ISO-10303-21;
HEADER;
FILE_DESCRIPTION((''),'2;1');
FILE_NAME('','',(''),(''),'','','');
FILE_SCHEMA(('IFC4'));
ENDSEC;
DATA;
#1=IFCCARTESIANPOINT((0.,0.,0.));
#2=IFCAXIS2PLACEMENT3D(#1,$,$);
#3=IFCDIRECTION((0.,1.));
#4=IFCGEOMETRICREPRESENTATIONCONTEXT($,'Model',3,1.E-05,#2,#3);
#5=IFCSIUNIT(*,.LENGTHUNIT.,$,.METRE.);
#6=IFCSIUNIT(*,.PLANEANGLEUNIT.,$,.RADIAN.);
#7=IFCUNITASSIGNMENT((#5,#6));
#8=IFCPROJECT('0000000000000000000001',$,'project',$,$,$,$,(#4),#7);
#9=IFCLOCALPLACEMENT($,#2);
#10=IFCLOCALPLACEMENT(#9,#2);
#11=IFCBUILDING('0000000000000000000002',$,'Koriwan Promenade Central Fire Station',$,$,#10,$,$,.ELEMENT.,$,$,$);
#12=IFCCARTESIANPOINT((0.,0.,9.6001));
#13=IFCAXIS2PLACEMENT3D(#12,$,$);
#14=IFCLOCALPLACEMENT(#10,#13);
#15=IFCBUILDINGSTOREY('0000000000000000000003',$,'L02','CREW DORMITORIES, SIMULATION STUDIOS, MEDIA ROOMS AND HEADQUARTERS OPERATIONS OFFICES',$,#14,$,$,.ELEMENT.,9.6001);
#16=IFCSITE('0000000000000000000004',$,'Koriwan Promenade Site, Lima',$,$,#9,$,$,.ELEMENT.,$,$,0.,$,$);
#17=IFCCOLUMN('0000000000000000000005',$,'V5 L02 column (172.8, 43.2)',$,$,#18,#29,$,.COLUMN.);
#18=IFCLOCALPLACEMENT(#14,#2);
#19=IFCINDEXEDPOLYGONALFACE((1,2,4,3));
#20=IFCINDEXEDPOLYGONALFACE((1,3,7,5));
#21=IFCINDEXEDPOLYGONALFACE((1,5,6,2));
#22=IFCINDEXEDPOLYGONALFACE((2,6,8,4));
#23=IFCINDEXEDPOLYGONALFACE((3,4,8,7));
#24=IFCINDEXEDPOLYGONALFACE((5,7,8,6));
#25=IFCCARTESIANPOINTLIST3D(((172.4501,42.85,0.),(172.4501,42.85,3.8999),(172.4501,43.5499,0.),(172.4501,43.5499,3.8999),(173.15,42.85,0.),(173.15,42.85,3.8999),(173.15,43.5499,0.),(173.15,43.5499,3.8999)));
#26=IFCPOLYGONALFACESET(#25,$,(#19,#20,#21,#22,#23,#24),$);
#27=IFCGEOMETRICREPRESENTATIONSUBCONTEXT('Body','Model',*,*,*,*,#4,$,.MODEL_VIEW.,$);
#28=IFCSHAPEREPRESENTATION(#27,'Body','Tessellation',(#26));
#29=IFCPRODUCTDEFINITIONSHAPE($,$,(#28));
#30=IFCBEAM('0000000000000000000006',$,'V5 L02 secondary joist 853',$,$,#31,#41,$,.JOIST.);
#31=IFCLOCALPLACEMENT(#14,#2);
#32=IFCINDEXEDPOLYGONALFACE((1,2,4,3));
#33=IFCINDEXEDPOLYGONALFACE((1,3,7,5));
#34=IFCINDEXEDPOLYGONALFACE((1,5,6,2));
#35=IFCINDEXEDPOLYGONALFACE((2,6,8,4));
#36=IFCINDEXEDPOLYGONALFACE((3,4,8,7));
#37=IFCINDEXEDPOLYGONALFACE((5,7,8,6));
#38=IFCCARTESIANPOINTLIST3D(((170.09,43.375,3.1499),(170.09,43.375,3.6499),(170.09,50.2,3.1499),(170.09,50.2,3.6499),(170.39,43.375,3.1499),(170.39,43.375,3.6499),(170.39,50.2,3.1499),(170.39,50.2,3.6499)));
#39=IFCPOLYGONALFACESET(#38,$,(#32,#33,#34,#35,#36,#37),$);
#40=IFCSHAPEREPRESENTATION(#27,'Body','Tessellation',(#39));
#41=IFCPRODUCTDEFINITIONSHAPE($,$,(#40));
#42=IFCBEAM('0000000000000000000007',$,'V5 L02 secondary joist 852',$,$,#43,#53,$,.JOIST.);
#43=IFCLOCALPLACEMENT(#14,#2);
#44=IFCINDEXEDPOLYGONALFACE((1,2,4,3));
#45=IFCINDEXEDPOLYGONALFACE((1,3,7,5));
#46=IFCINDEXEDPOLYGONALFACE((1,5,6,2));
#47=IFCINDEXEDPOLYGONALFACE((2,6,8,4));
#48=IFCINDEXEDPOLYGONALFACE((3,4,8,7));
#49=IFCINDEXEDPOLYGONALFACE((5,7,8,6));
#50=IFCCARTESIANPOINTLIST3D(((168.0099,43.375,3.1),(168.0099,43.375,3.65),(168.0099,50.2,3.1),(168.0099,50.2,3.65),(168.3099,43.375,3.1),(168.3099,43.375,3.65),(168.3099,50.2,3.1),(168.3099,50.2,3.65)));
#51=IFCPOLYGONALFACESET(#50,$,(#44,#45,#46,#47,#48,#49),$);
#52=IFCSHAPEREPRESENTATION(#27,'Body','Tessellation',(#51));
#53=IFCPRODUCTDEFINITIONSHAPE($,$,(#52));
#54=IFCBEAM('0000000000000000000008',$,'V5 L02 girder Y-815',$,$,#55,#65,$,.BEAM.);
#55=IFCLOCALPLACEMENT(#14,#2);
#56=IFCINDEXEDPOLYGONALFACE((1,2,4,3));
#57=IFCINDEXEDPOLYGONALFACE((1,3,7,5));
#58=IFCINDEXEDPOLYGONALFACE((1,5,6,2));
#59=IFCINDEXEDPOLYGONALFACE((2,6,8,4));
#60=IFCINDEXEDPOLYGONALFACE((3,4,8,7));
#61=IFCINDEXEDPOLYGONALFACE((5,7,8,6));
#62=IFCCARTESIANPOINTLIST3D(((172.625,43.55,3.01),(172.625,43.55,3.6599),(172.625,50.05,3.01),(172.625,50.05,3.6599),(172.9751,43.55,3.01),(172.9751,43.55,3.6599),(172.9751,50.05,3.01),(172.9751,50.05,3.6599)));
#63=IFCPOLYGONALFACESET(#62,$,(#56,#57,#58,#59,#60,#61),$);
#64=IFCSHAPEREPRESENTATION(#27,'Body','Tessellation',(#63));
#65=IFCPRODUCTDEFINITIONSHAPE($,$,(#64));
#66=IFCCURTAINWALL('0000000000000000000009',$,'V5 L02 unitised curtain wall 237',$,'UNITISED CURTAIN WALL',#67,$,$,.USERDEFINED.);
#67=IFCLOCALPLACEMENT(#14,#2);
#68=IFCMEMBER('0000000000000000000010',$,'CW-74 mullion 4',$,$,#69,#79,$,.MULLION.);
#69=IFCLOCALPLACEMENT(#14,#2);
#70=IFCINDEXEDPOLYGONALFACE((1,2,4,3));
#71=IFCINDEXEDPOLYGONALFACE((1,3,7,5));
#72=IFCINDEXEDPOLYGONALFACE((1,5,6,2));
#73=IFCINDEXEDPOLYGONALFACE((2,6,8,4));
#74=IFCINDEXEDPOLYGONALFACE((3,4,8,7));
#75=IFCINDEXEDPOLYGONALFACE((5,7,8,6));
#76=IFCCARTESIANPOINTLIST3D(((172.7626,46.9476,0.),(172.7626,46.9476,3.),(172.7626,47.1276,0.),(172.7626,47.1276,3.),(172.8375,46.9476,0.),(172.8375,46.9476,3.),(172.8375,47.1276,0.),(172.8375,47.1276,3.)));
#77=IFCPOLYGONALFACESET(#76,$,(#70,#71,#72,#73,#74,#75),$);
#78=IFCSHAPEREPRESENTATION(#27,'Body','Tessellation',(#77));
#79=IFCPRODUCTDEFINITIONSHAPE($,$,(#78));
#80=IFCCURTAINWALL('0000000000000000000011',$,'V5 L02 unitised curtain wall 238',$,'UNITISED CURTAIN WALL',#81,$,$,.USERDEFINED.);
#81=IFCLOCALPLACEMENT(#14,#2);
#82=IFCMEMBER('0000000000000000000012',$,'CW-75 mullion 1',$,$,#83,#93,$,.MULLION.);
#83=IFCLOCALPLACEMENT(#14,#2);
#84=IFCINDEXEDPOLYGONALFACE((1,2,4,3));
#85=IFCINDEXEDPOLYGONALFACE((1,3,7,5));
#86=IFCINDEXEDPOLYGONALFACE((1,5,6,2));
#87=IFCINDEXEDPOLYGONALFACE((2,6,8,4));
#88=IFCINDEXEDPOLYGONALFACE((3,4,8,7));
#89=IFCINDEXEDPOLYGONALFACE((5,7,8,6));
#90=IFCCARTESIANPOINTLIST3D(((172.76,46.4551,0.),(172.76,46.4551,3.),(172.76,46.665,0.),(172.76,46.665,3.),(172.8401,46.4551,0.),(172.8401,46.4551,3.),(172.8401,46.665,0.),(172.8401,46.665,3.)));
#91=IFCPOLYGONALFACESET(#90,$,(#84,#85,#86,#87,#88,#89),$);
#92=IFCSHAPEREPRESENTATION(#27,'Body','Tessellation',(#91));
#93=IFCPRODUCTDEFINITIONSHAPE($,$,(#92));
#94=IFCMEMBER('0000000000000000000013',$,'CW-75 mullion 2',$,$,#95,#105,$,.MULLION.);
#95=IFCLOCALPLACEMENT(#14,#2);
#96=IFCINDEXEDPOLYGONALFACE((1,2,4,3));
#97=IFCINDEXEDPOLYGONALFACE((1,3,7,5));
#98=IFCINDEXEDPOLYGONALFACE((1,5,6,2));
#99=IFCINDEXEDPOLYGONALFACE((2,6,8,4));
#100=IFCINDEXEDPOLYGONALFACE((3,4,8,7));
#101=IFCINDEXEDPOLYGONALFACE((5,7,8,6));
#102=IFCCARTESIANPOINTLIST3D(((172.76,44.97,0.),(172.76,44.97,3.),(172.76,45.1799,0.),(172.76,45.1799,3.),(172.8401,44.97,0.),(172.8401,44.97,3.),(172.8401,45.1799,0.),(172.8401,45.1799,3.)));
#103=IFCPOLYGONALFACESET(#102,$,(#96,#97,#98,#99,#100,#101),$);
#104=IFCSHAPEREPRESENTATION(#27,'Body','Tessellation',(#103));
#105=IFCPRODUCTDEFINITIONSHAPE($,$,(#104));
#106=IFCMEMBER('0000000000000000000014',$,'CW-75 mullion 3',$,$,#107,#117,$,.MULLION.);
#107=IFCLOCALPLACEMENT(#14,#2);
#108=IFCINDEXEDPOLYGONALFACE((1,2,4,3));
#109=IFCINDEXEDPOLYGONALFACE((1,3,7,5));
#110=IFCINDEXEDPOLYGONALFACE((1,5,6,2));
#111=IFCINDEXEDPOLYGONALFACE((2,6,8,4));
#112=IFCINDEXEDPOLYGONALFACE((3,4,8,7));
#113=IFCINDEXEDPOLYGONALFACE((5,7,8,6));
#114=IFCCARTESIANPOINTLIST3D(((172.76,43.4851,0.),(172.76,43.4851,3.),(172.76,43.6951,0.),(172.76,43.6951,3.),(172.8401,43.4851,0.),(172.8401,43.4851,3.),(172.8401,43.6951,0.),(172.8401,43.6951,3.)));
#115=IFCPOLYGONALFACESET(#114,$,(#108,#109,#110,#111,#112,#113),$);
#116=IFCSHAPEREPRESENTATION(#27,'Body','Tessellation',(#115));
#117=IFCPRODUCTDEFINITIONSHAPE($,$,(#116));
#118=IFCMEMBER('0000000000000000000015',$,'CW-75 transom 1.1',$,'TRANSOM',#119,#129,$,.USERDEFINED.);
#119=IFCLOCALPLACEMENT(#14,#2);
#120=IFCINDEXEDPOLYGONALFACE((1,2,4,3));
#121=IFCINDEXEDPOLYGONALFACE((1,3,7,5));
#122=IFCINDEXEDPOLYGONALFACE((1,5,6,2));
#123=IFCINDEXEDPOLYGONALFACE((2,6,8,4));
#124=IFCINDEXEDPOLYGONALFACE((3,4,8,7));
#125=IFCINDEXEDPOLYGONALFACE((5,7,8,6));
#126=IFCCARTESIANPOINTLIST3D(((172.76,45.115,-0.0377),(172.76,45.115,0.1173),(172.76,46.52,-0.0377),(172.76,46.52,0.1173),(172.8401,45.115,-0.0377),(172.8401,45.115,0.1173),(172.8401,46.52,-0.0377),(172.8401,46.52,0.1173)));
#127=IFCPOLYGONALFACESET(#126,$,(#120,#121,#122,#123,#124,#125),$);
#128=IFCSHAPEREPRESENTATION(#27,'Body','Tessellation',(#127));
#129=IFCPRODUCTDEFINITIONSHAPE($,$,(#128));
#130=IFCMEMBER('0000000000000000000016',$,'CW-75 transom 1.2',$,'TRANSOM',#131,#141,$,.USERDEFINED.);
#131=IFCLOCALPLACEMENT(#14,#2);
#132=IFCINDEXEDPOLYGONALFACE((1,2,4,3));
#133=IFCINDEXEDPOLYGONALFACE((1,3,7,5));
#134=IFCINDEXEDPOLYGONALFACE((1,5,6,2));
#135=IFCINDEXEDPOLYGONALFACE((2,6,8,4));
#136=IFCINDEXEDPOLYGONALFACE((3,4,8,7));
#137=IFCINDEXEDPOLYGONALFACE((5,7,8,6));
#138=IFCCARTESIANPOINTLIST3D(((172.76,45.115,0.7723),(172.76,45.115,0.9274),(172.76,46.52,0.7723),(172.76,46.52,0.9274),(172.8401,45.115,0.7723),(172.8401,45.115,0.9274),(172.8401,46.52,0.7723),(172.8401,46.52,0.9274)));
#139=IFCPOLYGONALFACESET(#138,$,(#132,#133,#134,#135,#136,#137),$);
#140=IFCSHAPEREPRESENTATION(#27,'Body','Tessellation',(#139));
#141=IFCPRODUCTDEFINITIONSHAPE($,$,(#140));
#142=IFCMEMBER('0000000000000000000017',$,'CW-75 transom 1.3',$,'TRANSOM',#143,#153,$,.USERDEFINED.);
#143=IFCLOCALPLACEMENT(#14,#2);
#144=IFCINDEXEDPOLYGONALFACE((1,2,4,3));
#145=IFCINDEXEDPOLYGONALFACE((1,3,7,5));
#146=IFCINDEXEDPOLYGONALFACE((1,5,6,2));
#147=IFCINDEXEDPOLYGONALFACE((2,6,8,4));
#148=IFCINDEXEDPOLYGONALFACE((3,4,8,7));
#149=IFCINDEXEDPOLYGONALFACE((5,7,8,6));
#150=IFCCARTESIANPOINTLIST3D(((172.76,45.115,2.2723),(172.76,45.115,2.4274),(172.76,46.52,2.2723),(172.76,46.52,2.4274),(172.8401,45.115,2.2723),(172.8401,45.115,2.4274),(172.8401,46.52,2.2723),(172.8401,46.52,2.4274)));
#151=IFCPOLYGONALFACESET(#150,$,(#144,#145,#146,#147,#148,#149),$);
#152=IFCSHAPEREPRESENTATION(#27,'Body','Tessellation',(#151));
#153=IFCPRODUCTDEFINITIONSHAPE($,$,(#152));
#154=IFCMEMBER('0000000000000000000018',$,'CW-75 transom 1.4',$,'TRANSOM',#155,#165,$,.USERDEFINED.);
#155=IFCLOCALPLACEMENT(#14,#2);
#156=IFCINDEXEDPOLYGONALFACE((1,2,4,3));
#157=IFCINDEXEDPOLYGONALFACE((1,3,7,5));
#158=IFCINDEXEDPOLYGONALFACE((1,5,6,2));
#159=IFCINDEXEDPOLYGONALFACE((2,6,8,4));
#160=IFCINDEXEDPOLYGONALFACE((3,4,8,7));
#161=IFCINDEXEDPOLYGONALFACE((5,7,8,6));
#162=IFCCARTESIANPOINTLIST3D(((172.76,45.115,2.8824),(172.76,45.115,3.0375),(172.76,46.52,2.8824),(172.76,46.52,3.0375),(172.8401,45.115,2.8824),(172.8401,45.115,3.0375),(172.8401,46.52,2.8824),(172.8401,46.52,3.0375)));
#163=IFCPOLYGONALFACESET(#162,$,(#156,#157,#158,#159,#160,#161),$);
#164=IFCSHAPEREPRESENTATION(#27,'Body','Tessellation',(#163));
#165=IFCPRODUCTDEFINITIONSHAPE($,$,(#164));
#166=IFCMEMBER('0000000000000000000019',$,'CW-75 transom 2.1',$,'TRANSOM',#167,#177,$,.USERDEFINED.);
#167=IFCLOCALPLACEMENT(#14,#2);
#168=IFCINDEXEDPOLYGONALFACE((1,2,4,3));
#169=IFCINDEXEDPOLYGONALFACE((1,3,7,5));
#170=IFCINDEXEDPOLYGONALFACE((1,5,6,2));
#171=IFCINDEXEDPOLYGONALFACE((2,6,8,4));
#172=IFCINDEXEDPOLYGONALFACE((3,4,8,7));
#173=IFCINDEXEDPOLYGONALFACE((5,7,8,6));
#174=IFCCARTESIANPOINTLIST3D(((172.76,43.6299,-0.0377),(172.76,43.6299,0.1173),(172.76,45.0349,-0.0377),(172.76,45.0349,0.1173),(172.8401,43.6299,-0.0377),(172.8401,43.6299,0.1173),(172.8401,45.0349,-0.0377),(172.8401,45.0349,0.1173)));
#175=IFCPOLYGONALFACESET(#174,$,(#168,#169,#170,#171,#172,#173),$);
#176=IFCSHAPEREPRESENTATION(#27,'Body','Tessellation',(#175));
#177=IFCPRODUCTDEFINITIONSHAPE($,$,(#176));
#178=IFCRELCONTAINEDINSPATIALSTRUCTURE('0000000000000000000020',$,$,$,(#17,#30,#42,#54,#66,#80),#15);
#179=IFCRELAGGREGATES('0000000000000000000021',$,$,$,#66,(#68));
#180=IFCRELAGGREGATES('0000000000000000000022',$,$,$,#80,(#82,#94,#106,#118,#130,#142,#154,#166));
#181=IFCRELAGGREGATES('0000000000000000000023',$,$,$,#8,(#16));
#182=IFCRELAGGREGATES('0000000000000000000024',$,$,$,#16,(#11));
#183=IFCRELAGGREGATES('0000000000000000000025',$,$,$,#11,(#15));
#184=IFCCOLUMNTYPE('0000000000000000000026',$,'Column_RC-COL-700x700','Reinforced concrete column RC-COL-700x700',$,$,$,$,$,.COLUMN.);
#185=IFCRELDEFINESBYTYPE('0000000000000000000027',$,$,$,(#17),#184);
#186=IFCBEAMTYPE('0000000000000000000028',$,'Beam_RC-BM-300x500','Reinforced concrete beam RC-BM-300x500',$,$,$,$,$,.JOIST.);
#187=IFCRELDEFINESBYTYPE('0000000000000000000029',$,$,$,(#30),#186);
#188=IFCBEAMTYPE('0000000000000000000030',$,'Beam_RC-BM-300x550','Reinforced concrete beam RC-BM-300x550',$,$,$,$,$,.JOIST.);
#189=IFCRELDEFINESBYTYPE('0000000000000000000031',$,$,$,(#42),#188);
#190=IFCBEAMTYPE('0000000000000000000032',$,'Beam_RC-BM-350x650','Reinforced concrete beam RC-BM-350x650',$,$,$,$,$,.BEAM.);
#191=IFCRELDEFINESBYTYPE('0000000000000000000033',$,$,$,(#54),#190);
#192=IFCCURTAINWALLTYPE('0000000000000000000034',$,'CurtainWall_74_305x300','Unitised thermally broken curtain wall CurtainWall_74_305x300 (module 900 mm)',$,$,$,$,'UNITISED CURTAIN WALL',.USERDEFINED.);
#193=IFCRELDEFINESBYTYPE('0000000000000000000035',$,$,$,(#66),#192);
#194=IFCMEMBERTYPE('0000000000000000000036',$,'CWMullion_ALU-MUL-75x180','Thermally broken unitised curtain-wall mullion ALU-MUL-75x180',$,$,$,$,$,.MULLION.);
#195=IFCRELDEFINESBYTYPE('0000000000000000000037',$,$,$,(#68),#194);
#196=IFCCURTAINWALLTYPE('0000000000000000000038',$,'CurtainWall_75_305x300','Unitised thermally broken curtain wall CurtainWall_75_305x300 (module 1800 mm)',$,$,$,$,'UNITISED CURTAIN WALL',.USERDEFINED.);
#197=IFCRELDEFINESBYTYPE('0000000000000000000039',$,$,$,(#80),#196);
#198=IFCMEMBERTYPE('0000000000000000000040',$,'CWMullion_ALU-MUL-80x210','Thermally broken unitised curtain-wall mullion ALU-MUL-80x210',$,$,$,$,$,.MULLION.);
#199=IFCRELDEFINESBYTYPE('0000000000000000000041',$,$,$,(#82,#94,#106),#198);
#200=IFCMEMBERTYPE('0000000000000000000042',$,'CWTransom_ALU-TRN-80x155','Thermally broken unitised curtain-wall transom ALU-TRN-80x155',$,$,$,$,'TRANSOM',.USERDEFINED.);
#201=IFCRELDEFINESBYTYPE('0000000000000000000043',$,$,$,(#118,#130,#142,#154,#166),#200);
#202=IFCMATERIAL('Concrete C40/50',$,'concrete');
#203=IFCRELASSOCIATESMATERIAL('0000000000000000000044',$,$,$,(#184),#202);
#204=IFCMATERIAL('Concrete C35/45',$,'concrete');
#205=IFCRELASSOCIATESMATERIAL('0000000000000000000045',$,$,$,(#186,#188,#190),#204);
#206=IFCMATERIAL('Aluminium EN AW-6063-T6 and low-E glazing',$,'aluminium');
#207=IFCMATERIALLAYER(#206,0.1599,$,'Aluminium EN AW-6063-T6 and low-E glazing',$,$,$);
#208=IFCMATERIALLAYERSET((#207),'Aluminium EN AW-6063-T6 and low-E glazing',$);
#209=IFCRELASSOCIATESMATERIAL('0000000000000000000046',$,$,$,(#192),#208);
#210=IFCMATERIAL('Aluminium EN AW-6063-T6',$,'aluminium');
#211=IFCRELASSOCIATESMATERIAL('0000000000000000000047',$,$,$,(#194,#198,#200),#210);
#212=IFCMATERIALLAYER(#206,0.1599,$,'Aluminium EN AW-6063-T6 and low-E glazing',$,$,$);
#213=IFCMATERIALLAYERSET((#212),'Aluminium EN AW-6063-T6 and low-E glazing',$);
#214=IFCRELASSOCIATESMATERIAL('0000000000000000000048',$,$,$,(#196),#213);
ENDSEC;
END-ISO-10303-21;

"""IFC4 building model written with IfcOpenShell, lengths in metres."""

from ifc_helpers import new_model, si_unit, direction, frame, origin, origin_2d, place, context, subcontext, project, spatial, rectangle, extrude, material, layer, layer_set, material_profile, profile_set, type_object, element, aggregate, save


model = new_model("IFC4")

# Units and contexts
model_context = context("Model", 3, precision=1e-05, world=origin(), true_north=direction((0.0, 1.0)))
body_context = subcontext(model_context, "Body", "Model", "MODEL_VIEW")
ifc_project = project(units=[si_unit("LENGTHUNIT", "METRE"), si_unit("PLANEANGLEUNIT", "RADIAN")], contexts=[model_context])

# Site, building, storey
site_placement = place(None, origin())
site = spatial("IfcSite", under=ifc_project, at=site_placement, Name="Koriwan Promenade Site, Lima", CompositionType="ELEMENT", RefElevation=0.0)
building_placement = place(site_placement, origin())
building = spatial("IfcBuilding", under=site, at=building_placement, Name="Koriwan Promenade Central Fire Station", CompositionType="ELEMENT")
storey_placement = place(building_placement, frame((0.0, 0.0, 9.6001)))
storey = spatial("IfcBuildingStorey", under=building, at=storey_placement, Name="L02", Description="CREW DORMITORIES, SIMULATION STUDIOS, MEDIA ROOMS AND HEADQUARTERS OPERATIONS OFFICES", CompositionType="ELEMENT", Elevation=9.6001)

# Column
ifc_material_1 = material(Name="Concrete C40/50", Category="concrete")
ifc_material_profile_1 = material_profile(ifc_material_1, rectangle(XDim=0.7, YDim=0.7, at=origin_2d()), Name="RC-COL-700x700")
ifc_profile_set_1 = profile_set([ifc_material_profile_1], Name="Concrete C40/50")
column_type = type_object("IfcColumnType", Name="Column_RC-COL-700x700", Description="Reinforced concrete column RC-COL-700x700", PredefinedType="COLUMN", material=ifc_profile_set_1)
column_placement = place(storey_placement, frame((172.8, 43.2, 0.0), z_axis=(0.0, 0.0, 1.0), x_axis=(1.0, 0.0, 0.0)))
element("IfcColumn", 1, at=column_placement, inside=storey, type_object=column_type, Name="V5 L02 column (172.8, 43.2)", PredefinedType="COLUMN", context=body_context, shape_type="SweptSolid", body=[
    extrude(rectangle(XDim=0.7, YDim=0.7, at=origin_2d()), origin(), (0.0, 0.0, 1.0), 3.8999),
])

# Beams
ifc_material_2 = material(Name="Concrete C35/45", Category="concrete")
ifc_material_profile_2 = material_profile(ifc_material_2, rectangle(XDim=0.3, YDim=0.5, at=origin_2d()), Name="RC-BM-300x500")
ifc_profile_set_2 = profile_set([ifc_material_profile_2], Name="Concrete C35/45")
beam_type_1 = type_object("IfcBeamType", Name="Beam_RC-BM-300x500", Description="Reinforced concrete beam RC-BM-300x500", PredefinedType="JOIST", material=ifc_profile_set_2)
beam_1_placement = place(storey_placement, frame((170.24, 43.375, 3.3999), z_axis=(0.0, 1.0, 0.0), x_axis=(-1.0, 0.0, 0.0)))
element("IfcBeam", 2, at=beam_1_placement, inside=storey, type_object=beam_type_1, Name="V5 L02 secondary joist 853", PredefinedType="JOIST", context=body_context, shape_type="SweptSolid", body=[
    extrude(rectangle(XDim=0.3, YDim=0.5, at=origin_2d()), origin(), (0.0, 0.0, 1.0), 6.825),
])
ifc_material_profile_3 = material_profile(ifc_material_2, rectangle(XDim=0.3, YDim=0.55, at=origin_2d()), Name="RC-BM-300x550")
ifc_profile_set_3 = profile_set([ifc_material_profile_3], Name="Concrete C35/45")
beam_type_2 = type_object("IfcBeamType", Name="Beam_RC-BM-300x550", Description="Reinforced concrete beam RC-BM-300x550", PredefinedType="JOIST", material=ifc_profile_set_3)
beam_2_placement = place(storey_placement, frame((168.1599, 43.375, 3.375), z_axis=(0.0, 1.0, 0.0), x_axis=(-1.0, 0.0, 0.0)))
element("IfcBeam", 3, at=beam_2_placement, inside=storey, type_object=beam_type_2, Name="V5 L02 secondary joist 852", PredefinedType="JOIST", context=body_context, shape_type="SweptSolid", body=[
    extrude(rectangle(XDim=0.3, YDim=0.55, at=origin_2d()), origin(), (0.0, 0.0, 1.0), 6.825),
])
ifc_material_profile_4 = material_profile(ifc_material_2, rectangle(XDim=0.3501, YDim=0.6499, at=origin_2d()), Name="RC-BM-350x650")
ifc_profile_set_4 = profile_set([ifc_material_profile_4], Name="Concrete C35/45")
beam_type_3 = type_object("IfcBeamType", Name="Beam_RC-BM-350x650", Description="Reinforced concrete beam RC-BM-350x650", PredefinedType="BEAM", material=ifc_profile_set_4)
beam_3_placement = place(storey_placement, frame((172.8, 43.55, 3.335), z_axis=(0.0, 1.0, 0.0), x_axis=(-1.0, 0.0, 0.0)))
element("IfcBeam", 4, at=beam_3_placement, inside=storey, type_object=beam_type_3, Name="V5 L02 girder Y-815", PredefinedType="BEAM", context=body_context, shape_type="SweptSolid", body=[
    extrude(rectangle(XDim=0.3501, YDim=0.6499, at=origin_2d()), origin(), (0.0, 0.0, 1.0), 6.5),
])

# Curtain wall, member
ifc_material_3 = material(Name="Aluminium EN AW-6063-T6 and low-E glazing", Category="aluminium")
ifc_layer_1 = layer(ifc_material_3, 0.1599, Name="Aluminium EN AW-6063-T6 and low-E glazing")
ifc_layer_set_1 = layer_set([ifc_layer_1], Name="Aluminium EN AW-6063-T6 and low-E glazing")
curtain_wall_type_1 = type_object("IfcCurtainWallType", Name="CurtainWall_74_305x300", Description="Unitised thermally broken curtain wall CurtainWall_74_305x300 (module 900 mm)", ElementType="UNITISED CURTAIN WALL", PredefinedType="USERDEFINED", material=ifc_layer_set_1)
curtain_wall_1_placement = place(storey_placement, origin())
curtain_wall_1 = element("IfcCurtainWall", 5, at=curtain_wall_1_placement, inside=storey, type_object=curtain_wall_type_1, Name="V5 L02 unitised curtain wall 237", ObjectType="UNITISED CURTAIN WALL", PredefinedType="USERDEFINED")
ifc_material_4 = material(Name="Aluminium EN AW-6063-T6", Category="aluminium")
ifc_material_profile_5 = material_profile(ifc_material_4, rectangle(XDim=0.075, YDim=0.1799, at=origin_2d()), Name="ALU-MUL-75x180")
ifc_profile_set_5 = profile_set([ifc_material_profile_5], Name="Aluminium EN AW-6063-T6")
member_type_1 = type_object("IfcMemberType", Name="CWMullion_ALU-MUL-75x180", Description="Thermally broken unitised curtain-wall mullion ALU-MUL-75x180", PredefinedType="MULLION", material=ifc_profile_set_5)
member_1_placement = place(storey_placement, frame((172.8, 47.0376, 0.0), z_axis=(0.0, 0.0, 1.0), x_axis=(1.0, 0.0, 0.0)))
member_1 = element("IfcMember", 6, at=member_1_placement, type_object=member_type_1, Name="CW-74 mullion 4", PredefinedType="MULLION", context=body_context, shape_type="SweptSolid", body=[
    extrude(rectangle(XDim=0.075, YDim=0.1799, at=origin_2d()), origin(), (0.0, 0.0, 1.0), 3.0),
])
aggregate(curtain_wall_1, [member_1])

# Curtain wall, members
ifc_layer_2 = layer(ifc_material_3, 0.1599, Name="Aluminium EN AW-6063-T6 and low-E glazing")
ifc_layer_set_2 = layer_set([ifc_layer_2], Name="Aluminium EN AW-6063-T6 and low-E glazing")
curtain_wall_type_2 = type_object("IfcCurtainWallType", Name="CurtainWall_75_305x300", Description="Unitised thermally broken curtain wall CurtainWall_75_305x300 (module 1800 mm)", ElementType="UNITISED CURTAIN WALL", PredefinedType="USERDEFINED", material=ifc_layer_set_2)
curtain_wall_2_placement = place(storey_placement, origin())
curtain_wall_2 = element("IfcCurtainWall", 7, at=curtain_wall_2_placement, inside=storey, type_object=curtain_wall_type_2, Name="V5 L02 unitised curtain wall 238", ObjectType="UNITISED CURTAIN WALL", PredefinedType="USERDEFINED")
ifc_material_profile_6 = material_profile(ifc_material_4, rectangle(XDim=0.0801, YDim=0.21, at=origin_2d()), Name="ALU-MUL-80x210")
ifc_profile_set_6 = profile_set([ifc_material_profile_6], Name="Aluminium EN AW-6063-T6")
member_type_2 = type_object("IfcMemberType", Name="CWMullion_ALU-MUL-80x210", Description="Thermally broken unitised curtain-wall mullion ALU-MUL-80x210", PredefinedType="MULLION", material=ifc_profile_set_6)
member_2_placement = place(storey_placement, frame((172.8, 46.5601, 0.0), z_axis=(0.0, 0.0, 1.0), x_axis=(1.0, 0.0, 0.0)))
member_2 = element("IfcMember", 8, at=member_2_placement, type_object=member_type_2, Name="CW-75 mullion 1", PredefinedType="MULLION", context=body_context, shape_type="SweptSolid", body=[
    extrude(rectangle(XDim=0.0801, YDim=0.21, at=origin_2d()), origin(), (0.0, 0.0, 1.0), 3.0),
])
member_3_placement = place(storey_placement, frame((172.8, 45.075, 0.0), z_axis=(0.0, 0.0, 1.0), x_axis=(1.0, 0.0, 0.0)))
member_3 = element("IfcMember", 9, at=member_3_placement, type_object=member_type_2, Name="CW-75 mullion 2", PredefinedType="MULLION", context=body_context, shape_type="SweptSolid", body=[
    extrude(rectangle(XDim=0.0801, YDim=0.21, at=origin_2d()), origin(), (0.0, 0.0, 1.0), 3.0),
])
member_4_placement = place(storey_placement, frame((172.8, 43.5901, 0.0), z_axis=(0.0, 0.0, 1.0), x_axis=(1.0, 0.0, 0.0)))
member_4 = element("IfcMember", 10, at=member_4_placement, type_object=member_type_2, Name="CW-75 mullion 3", PredefinedType="MULLION", context=body_context, shape_type="SweptSolid", body=[
    extrude(rectangle(XDim=0.0801, YDim=0.21, at=origin_2d()), origin(), (0.0, 0.0, 1.0), 3.0),
])
ifc_material_profile_7 = material_profile(ifc_material_4, rectangle(XDim=0.0801, YDim=0.155, at=origin_2d()), Name="ALU-TRN-80x155")
ifc_profile_set_7 = profile_set([ifc_material_profile_7], Name="Aluminium EN AW-6063-T6")
member_type_3 = type_object("IfcMemberType", Name="CWTransom_ALU-TRN-80x155", Description="Thermally broken unitised curtain-wall transom ALU-TRN-80x155", ElementType="TRANSOM", PredefinedType="USERDEFINED", material=ifc_profile_set_7)
member_5_placement = place(storey_placement, frame((172.8, 46.52, 0.0398), z_axis=(0.0, -1.0, 0.0), x_axis=(1.0, 0.0, 0.0)))
member_5 = element("IfcMember", 11, at=member_5_placement, type_object=member_type_3, Name="CW-75 transom 1.1", ObjectType="TRANSOM", PredefinedType="USERDEFINED", context=body_context, shape_type="SweptSolid", body=[
    extrude(rectangle(XDim=0.0801, YDim=0.155, at=origin_2d()), origin(), (0.0, 0.0, 1.0), 1.405),
])
member_6_placement = place(storey_placement, frame((172.8, 46.52, 0.8499), z_axis=(0.0, -1.0, 0.0), x_axis=(1.0, 0.0, 0.0)))
member_6 = element("IfcMember", 12, at=member_6_placement, type_object=member_type_3, Name="CW-75 transom 1.2", ObjectType="TRANSOM", PredefinedType="USERDEFINED", context=body_context, shape_type="SweptSolid", body=[
    extrude(rectangle(XDim=0.0801, YDim=0.155, at=origin_2d()), origin(), (0.0, 0.0, 1.0), 1.405),
])
member_7_placement = place(storey_placement, frame((172.8, 46.52, 2.3499), z_axis=(0.0, -1.0, 0.0), x_axis=(1.0, 0.0, 0.0)))
member_7 = element("IfcMember", 13, at=member_7_placement, type_object=member_type_3, Name="CW-75 transom 1.3", ObjectType="TRANSOM", PredefinedType="USERDEFINED", context=body_context, shape_type="SweptSolid", body=[
    extrude(rectangle(XDim=0.0801, YDim=0.155, at=origin_2d()), origin(), (0.0, 0.0, 1.0), 1.405),
])
member_8_placement = place(storey_placement, frame((172.8, 46.52, 2.96), z_axis=(0.0, -1.0, 0.0), x_axis=(1.0, 0.0, 0.0)))
member_8 = element("IfcMember", 14, at=member_8_placement, type_object=member_type_3, Name="CW-75 transom 1.4", ObjectType="TRANSOM", PredefinedType="USERDEFINED", context=body_context, shape_type="SweptSolid", body=[
    extrude(rectangle(XDim=0.0801, YDim=0.155, at=origin_2d()), origin(), (0.0, 0.0, 1.0), 1.405),
])
member_9_placement = place(storey_placement, frame((172.8, 45.0349, 0.0398), z_axis=(0.0, -1.0, 0.0), x_axis=(1.0, 0.0, 0.0)))
member_9 = element("IfcMember", 15, at=member_9_placement, type_object=member_type_3, Name="CW-75 transom 2.1", ObjectType="TRANSOM", PredefinedType="USERDEFINED", context=body_context, shape_type="SweptSolid", body=[
    extrude(rectangle(XDim=0.0801, YDim=0.155, at=origin_2d()), origin(), (0.0, 0.0, 1.0), 1.405),
])

aggregate(curtain_wall_2, [member_2, member_3, member_4, member_5, member_6, member_7, member_8, member_9])

save(model, "model.ifc")
